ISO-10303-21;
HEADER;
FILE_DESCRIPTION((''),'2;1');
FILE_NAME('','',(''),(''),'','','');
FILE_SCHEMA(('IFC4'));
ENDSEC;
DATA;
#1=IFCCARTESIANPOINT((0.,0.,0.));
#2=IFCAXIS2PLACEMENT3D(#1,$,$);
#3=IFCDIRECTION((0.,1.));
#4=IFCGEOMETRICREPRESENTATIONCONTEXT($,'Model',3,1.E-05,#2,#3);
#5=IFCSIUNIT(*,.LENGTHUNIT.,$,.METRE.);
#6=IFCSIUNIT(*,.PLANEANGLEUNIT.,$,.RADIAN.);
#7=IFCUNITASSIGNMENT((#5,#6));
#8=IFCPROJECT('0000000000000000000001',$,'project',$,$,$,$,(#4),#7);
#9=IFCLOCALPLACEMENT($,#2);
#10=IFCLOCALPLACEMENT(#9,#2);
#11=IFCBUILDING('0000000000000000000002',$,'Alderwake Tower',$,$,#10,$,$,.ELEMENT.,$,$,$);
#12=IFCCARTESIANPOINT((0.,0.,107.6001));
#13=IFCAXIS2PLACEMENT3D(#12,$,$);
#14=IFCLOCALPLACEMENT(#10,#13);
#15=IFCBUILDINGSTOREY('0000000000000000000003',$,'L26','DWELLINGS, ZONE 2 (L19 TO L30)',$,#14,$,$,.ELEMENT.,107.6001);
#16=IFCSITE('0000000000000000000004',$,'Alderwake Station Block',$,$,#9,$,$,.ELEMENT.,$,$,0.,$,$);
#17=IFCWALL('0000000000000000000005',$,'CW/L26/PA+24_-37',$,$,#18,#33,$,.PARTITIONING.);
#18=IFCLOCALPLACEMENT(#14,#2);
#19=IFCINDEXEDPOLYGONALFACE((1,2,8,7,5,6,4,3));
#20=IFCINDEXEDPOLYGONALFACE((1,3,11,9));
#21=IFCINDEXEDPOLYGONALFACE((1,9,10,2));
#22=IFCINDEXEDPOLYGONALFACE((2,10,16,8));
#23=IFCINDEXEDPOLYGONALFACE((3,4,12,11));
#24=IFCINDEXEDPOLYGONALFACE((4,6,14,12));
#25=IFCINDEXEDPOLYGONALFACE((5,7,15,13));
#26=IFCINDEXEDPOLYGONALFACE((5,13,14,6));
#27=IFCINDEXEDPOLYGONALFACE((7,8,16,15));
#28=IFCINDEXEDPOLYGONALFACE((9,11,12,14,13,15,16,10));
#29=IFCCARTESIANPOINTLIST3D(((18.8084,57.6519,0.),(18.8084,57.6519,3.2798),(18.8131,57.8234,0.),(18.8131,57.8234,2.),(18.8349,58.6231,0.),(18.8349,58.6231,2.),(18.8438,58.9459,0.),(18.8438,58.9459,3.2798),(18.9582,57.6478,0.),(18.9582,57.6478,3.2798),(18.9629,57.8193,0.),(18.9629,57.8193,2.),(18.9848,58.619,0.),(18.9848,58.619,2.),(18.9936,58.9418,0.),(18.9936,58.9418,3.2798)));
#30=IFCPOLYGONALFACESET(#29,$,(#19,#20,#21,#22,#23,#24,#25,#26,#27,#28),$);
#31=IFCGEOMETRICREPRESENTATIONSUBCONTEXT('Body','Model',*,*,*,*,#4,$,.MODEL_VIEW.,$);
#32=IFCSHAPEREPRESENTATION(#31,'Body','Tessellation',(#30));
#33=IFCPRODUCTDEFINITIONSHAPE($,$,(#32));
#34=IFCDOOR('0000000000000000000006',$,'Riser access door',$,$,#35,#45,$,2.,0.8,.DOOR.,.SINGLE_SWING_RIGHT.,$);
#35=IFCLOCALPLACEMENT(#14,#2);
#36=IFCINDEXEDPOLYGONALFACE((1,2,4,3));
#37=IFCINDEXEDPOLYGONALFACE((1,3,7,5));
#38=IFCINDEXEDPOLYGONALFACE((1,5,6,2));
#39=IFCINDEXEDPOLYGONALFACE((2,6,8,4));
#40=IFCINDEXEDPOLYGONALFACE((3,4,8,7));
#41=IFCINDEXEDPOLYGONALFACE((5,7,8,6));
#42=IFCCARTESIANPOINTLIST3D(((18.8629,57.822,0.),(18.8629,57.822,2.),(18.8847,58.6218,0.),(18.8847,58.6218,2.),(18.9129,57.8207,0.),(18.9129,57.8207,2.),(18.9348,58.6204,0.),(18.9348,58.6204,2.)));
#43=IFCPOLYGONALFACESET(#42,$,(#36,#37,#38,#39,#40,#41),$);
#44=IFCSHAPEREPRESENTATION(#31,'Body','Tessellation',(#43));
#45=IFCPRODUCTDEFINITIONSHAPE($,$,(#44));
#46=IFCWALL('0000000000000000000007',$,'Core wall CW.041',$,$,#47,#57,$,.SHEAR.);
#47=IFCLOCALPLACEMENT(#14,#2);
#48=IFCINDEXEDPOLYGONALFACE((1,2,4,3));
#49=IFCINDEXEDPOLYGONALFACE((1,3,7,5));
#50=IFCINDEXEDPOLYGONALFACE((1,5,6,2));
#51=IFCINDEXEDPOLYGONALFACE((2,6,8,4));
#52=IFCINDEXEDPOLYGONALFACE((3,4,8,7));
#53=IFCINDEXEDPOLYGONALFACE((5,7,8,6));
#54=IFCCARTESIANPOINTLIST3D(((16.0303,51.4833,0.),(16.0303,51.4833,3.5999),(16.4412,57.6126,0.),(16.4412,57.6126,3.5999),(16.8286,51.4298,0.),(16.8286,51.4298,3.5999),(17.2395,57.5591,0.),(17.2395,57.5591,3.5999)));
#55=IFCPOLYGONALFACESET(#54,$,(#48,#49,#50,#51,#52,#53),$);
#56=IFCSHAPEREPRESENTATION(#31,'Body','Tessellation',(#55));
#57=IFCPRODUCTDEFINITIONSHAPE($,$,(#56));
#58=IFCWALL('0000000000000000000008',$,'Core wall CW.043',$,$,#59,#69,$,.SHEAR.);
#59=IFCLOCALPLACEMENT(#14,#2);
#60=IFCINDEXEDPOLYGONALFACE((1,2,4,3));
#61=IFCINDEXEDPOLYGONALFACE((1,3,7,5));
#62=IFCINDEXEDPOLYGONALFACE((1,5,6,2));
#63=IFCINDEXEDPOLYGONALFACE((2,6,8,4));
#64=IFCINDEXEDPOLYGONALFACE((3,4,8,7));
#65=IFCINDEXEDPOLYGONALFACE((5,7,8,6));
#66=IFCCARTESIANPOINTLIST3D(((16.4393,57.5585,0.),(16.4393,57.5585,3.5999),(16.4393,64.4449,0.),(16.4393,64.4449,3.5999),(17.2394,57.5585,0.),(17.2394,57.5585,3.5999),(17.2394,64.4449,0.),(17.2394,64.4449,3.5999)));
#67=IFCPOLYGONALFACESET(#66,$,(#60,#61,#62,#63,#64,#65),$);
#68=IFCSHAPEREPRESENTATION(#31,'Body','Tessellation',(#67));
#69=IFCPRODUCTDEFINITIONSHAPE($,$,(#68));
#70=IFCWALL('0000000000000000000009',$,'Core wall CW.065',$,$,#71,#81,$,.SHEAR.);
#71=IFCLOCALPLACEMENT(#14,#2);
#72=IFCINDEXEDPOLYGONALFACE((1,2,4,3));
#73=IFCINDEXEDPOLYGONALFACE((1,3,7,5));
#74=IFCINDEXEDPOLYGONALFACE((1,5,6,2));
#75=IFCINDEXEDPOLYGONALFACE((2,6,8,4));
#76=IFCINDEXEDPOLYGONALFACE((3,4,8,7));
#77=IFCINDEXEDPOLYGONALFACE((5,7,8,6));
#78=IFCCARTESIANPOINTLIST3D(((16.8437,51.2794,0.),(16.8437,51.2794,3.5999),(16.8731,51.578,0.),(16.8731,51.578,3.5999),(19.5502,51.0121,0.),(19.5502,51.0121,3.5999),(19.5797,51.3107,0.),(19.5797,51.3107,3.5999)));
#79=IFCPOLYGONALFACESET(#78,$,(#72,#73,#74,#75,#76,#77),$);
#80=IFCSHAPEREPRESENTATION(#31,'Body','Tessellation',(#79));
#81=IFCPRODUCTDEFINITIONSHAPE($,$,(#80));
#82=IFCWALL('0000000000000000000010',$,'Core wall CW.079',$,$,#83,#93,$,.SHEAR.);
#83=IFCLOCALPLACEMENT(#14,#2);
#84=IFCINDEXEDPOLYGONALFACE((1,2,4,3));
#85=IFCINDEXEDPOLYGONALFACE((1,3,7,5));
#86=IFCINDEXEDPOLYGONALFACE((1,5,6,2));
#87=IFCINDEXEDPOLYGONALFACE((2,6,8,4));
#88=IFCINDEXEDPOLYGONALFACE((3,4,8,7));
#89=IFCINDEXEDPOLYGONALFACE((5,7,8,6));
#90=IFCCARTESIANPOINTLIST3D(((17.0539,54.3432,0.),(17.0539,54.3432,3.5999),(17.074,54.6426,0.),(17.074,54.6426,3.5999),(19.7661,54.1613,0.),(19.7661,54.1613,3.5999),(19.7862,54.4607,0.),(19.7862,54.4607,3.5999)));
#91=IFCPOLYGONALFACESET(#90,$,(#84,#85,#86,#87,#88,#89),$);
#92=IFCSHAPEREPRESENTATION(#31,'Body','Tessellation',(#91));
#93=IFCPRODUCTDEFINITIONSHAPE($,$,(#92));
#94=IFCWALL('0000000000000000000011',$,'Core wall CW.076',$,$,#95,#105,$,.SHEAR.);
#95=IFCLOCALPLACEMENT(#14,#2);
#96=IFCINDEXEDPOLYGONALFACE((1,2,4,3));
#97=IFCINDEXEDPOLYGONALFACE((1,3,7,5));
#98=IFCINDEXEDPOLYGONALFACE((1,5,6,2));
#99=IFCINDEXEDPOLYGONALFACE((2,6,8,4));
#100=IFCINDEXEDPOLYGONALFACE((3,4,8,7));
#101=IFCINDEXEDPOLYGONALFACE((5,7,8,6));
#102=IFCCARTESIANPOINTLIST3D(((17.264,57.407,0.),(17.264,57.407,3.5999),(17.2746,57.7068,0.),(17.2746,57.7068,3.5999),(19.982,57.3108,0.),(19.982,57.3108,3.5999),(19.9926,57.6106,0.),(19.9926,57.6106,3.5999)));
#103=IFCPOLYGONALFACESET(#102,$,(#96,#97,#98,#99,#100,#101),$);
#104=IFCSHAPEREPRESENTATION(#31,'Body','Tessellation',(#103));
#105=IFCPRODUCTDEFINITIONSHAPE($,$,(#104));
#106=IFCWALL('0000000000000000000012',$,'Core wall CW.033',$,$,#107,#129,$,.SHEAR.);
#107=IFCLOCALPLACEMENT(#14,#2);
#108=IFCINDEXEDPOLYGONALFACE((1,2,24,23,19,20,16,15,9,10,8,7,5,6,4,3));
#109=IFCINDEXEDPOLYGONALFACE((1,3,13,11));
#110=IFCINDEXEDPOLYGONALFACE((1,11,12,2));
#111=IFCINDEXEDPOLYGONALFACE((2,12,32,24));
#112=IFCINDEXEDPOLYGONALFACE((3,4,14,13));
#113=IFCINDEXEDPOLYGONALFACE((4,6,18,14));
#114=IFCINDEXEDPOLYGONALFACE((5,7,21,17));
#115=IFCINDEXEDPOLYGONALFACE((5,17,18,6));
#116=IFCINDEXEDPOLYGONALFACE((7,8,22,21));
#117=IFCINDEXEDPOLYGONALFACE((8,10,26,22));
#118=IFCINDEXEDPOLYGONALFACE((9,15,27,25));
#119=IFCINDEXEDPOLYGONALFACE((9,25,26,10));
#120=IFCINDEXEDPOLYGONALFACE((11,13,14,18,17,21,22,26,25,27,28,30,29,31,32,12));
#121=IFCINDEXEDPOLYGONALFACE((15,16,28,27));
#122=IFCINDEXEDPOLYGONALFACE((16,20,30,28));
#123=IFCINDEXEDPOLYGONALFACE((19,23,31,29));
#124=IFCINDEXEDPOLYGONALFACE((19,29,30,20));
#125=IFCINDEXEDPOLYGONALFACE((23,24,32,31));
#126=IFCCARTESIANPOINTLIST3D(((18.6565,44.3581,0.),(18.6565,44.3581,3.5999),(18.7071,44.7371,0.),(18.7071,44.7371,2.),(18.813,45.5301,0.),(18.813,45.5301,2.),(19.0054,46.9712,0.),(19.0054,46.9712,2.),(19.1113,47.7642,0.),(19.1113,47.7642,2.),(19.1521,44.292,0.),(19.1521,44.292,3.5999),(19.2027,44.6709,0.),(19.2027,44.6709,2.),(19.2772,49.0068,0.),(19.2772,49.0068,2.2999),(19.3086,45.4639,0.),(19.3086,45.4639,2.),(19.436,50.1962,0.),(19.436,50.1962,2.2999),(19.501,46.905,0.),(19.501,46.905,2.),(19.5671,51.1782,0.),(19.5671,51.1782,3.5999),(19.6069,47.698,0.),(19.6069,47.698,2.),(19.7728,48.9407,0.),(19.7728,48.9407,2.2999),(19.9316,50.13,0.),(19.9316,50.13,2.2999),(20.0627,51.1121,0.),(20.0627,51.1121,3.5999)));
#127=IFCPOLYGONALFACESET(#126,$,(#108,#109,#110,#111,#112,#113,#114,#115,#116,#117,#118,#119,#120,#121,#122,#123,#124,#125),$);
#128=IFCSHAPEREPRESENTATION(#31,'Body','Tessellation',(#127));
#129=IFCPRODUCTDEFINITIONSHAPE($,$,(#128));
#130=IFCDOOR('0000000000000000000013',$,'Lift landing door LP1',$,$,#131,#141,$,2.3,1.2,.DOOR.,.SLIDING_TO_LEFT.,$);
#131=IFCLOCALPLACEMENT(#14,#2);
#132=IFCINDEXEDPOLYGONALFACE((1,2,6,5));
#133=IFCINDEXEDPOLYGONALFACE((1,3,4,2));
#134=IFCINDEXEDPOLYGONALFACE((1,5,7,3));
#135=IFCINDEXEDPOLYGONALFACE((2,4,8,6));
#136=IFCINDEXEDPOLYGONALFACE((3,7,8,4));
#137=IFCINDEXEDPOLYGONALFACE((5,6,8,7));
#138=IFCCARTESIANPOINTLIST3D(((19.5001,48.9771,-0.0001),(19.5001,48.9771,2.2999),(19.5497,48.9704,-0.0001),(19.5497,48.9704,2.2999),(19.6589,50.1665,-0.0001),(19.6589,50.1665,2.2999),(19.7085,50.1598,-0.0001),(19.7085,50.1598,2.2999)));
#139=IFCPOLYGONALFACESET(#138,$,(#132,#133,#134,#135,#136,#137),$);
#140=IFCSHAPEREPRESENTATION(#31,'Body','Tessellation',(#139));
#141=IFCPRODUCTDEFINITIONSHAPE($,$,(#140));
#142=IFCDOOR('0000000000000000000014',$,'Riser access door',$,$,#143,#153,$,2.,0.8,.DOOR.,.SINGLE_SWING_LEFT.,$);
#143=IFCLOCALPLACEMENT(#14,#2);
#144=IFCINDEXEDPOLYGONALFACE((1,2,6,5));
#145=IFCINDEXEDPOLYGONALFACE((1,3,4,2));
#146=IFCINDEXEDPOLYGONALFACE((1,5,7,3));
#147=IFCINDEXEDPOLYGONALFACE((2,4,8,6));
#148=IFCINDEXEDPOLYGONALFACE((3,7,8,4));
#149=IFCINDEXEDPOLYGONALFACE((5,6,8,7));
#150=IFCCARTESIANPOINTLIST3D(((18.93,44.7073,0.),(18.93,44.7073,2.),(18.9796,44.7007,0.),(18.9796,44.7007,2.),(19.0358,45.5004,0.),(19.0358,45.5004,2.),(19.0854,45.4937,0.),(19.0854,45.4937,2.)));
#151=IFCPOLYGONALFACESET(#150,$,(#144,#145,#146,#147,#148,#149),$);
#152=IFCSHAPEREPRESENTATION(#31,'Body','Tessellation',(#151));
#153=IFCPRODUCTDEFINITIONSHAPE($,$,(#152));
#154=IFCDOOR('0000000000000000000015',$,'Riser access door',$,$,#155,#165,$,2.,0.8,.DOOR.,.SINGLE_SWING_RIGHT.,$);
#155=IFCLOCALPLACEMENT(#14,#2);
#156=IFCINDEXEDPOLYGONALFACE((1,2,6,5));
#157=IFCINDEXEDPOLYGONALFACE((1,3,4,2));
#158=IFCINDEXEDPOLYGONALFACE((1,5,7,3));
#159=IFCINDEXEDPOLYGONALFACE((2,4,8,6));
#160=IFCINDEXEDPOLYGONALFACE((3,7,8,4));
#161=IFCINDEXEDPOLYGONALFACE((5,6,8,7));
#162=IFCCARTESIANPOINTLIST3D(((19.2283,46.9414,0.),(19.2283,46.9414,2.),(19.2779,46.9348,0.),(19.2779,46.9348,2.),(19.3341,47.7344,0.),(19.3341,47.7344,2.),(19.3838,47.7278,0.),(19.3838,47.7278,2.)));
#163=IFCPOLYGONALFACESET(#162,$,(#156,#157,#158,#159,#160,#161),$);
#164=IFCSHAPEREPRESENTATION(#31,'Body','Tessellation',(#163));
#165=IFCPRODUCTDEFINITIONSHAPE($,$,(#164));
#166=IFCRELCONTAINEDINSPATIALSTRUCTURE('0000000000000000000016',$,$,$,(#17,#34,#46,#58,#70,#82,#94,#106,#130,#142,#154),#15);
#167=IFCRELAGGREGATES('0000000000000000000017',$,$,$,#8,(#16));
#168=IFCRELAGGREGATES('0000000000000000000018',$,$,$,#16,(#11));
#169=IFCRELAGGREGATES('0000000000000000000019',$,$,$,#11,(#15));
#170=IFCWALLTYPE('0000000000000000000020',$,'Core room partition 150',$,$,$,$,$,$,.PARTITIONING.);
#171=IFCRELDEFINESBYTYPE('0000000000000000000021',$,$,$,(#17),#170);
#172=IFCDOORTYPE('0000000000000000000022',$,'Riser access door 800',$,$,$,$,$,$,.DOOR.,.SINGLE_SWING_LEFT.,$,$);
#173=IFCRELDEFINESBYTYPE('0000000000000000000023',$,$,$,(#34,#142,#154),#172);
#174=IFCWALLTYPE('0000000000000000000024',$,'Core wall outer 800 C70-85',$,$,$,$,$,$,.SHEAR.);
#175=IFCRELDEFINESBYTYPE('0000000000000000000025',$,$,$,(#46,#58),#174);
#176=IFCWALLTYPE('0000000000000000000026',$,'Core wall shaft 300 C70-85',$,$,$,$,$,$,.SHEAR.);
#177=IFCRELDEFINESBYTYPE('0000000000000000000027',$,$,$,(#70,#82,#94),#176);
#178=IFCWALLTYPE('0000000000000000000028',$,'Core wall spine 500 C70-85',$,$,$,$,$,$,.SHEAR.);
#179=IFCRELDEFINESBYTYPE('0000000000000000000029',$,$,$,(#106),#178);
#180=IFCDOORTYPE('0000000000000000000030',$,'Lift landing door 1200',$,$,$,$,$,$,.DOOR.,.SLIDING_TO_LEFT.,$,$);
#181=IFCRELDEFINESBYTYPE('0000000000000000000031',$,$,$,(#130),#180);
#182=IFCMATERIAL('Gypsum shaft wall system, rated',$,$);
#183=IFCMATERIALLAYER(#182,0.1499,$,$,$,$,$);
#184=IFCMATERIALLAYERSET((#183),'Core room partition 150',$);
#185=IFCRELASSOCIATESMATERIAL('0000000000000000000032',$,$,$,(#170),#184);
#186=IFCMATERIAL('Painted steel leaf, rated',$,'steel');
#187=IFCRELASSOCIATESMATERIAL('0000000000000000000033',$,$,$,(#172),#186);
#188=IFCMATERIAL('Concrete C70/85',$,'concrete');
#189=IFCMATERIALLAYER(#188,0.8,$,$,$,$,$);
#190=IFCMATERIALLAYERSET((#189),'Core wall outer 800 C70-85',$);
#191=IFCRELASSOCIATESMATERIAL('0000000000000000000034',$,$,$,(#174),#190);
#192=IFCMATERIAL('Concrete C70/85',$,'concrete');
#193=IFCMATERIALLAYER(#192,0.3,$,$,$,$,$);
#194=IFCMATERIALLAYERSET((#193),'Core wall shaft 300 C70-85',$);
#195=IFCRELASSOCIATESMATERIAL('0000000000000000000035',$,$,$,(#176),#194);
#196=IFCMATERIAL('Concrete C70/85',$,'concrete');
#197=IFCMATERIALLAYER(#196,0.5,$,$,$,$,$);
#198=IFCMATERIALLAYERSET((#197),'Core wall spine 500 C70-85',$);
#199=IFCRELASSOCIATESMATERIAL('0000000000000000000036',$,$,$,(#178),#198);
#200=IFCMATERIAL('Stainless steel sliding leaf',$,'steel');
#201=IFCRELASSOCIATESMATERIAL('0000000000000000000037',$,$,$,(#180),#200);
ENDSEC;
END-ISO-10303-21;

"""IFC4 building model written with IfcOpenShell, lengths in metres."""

from ifc_helpers import new_model, si_unit, direction, frame, frame_2d, origin, place, context, subcontext, project, spatial, rectangle, extrude, material, layer, layer_set, type_object, element, fill, save


model = new_model("IFC4")

# Units and contexts
model_context = context("Model", 3, precision=1e-05, world=origin(), true_north=direction((0.0, 1.0)))
body_context = subcontext(model_context, "Body", "Model", "MODEL_VIEW")
ifc_project = project(units=[si_unit("LENGTHUNIT", "METRE"), si_unit("PLANEANGLEUNIT", "RADIAN")], contexts=[model_context])

# Site, building, storey
site_placement = place(None, origin())
site = spatial("IfcSite", under=ifc_project, at=site_placement, Name="Alderwake Station Block", CompositionType="ELEMENT", RefElevation=0.0)
building_placement = place(site_placement, origin())
building = spatial("IfcBuilding", under=site, at=building_placement, Name="Alderwake Tower", CompositionType="ELEMENT")
storey_placement = place(building_placement, frame((0.0, 0.0, 107.6001)))
storey = spatial("IfcBuildingStorey", under=building, at=storey_placement, Name="L26", Description="DWELLINGS, ZONE 2 (L19 TO L30)", CompositionType="ELEMENT", Elevation=107.6001)

# Wall, opening, door
ifc_material_1 = material(Name="Gypsum shaft wall system, rated")
ifc_layer_1 = layer(ifc_material_1, 0.1499)
ifc_layer_set_1 = layer_set([ifc_layer_1], Name="Core room partition 150")
wall_type_1 = type_object("IfcWallType", Name="Core room partition 150", PredefinedType="PARTITIONING", material=ifc_layer_set_1)
wall_1_placement = place(storey_placement, frame((18.9187, 58.9438, 0.0), z_axis=(0.0, 0.0, 1.0), x_axis=(-0.027348, -0.999626, 0.0)))
wall_1 = element("IfcWall", 1, at=wall_1_placement, inside=storey, type_object=wall_type_1, Name="CW/L26/PA+24_-37", PredefinedType="PARTITIONING", context=body_context, shape_type="SweptSolid", body=[
    extrude(rectangle(XDim=1.2944, YDim=0.1499, at=frame_2d((0.6472, 0.0))), origin(), (0.0, 0.0, 1.0), 3.2798),
])
opening_1_placement = place(wall_1_placement, frame((0.323, 0.0, 0.0)))
opening_1 = element("IfcOpeningElement", 2, at=opening_1_placement, cuts=wall_1, PredefinedType="OPENING", context=body_context, shape_type="SweptSolid", body=[
    extrude(rectangle(XDim=0.8, YDim=2.0, at=frame_2d((0.3999, 1.0))), frame((0.0, 0.085, 0.0), z_axis=(0.0, -1.0, 0.0), x_axis=(1.0, 0.0, 0.0)), (0.0, 0.0, 1.0), 0.1699),
])
ifc_material_2 = material(Name="Painted steel leaf, rated", Category="steel")
door_type_1 = type_object("IfcDoorType", Name="Riser access door 800", OperationType="SINGLE_SWING_LEFT", PredefinedType="DOOR", material=ifc_material_2)
door_1_placement = place(opening_1_placement, origin())
door_1 = element("IfcDoor", 3, at=door_1_placement, inside=storey, type_object=door_type_1, Name="Riser access door", OperationType="SINGLE_SWING_RIGHT", OverallHeight=2.0, OverallWidth=0.8, PredefinedType="DOOR", context=body_context, shape_type="SweptSolid", body=[
    extrude(rectangle(XDim=0.8, YDim=2.0, at=frame_2d((0.3999, 1.0))), frame((0.0, 0.0249, 0.0), z_axis=(0.0, -1.0, 0.0), x_axis=(1.0, 0.0, 0.0)), (0.0, 0.0, 1.0), 0.05),
])
fill(opening_1, door_1)

# Walls
ifc_material_3 = material(Name="Concrete C70/85", Category="concrete")
ifc_layer_2 = layer(ifc_material_3, 0.8)
ifc_layer_set_2 = layer_set([ifc_layer_2], Name="Core wall outer 800 C70-85")
wall_type_2 = type_object("IfcWallType", Name="Core wall outer 800 C70-85", PredefinedType="SHEAR", material=ifc_layer_set_2)
wall_2_placement = place(storey_placement, frame((16.4294, 51.4565, 0.0), z_axis=(0.0, 0.0, 1.0), x_axis=(0.066886, 0.997761, 0.0)))
element("IfcWall", 4, at=wall_2_placement, inside=storey, type_object=wall_type_2, Name="Core wall CW.041", PredefinedType="SHEAR", context=body_context, shape_type="SweptSolid", body=[
    extrude(rectangle(XDim=6.1431, YDim=0.8, at=frame_2d((3.0715, 0.0))), origin(), (0.0, 0.0, 1.0), 3.5999),
])
wall_3_placement = place(storey_placement, frame((16.8394, 57.5583, 0.0), z_axis=(0.0, 0.0, 1.0), x_axis=(0.0, 1.0, 0.0)))
element("IfcWall", 5, at=wall_3_placement, inside=storey, type_object=wall_type_2, Name="Core wall CW.043", PredefinedType="SHEAR", context=body_context, shape_type="SweptSolid", body=[
    extrude(rectangle(XDim=6.8865, YDim=0.8, at=frame_2d((3.4434, 0.0))), origin(), (0.0, 0.0, 1.0), 3.5999),
])
ifc_material_4 = material(Name="Concrete C70/85", Category="concrete")
ifc_layer_3 = layer(ifc_material_4, 0.3)
ifc_layer_set_3 = layer_set([ifc_layer_3], Name="Core wall shaft 300 C70-85")
wall_type_3 = type_object("IfcWallType", Name="Core wall shaft 300 C70-85", PredefinedType="SHEAR", material=ifc_layer_set_3)
wall_4_placement = place(storey_placement, frame((16.8584, 51.4287, 0.0), z_axis=(0.0, 0.0, 1.0), x_axis=(0.995157, -0.098295, 0.0)))
element("IfcWall", 6, at=wall_4_placement, inside=storey, type_object=wall_type_3, Name="Core wall CW.065", PredefinedType="SHEAR", context=body_context, shape_type="SweptSolid", body=[
    extrude(rectangle(XDim=2.7197, YDim=0.3, at=frame_2d((1.3599, 0.0))), origin(), (0.0, 0.0, 1.0), 3.5999),
])
wall_5_placement = place(storey_placement, frame((17.064, 54.4929, 0.0), z_axis=(0.0, 0.0, 1.0), x_axis=(0.997759, -0.066912, 0.0)))
element("IfcWall", 7, at=wall_5_placement, inside=storey, type_object=wall_type_3, Name="Core wall CW.079", PredefinedType="SHEAR", context=body_context, shape_type="SweptSolid", body=[
    extrude(rectangle(XDim=2.7183, YDim=0.3, at=frame_2d((1.3591, 0.0))), origin(), (0.0, 0.0, 1.0), 3.5999),
])
wall_6_placement = place(storey_placement, frame((17.2693, 57.5569, 0.0), z_axis=(0.0, 0.0, 1.0), x_axis=(0.999374, -0.035368, 0.0)))
element("IfcWall", 8, at=wall_6_placement, inside=storey, type_object=wall_type_3, Name="Core wall CW.076", PredefinedType="SHEAR", context=body_context, shape_type="SweptSolid", body=[
    extrude(rectangle(XDim=2.7197, YDim=0.3, at=frame_2d((1.3599, 0.0))), origin(), (0.0, 0.0, 1.0), 3.5999),
])

# Wall, openings, doors
ifc_material_5 = material(Name="Concrete C70/85", Category="concrete")
ifc_layer_4 = layer(ifc_material_5, 0.5)
ifc_layer_set_4 = layer_set([ifc_layer_4], Name="Core wall spine 500 C70-85")
wall_type_4 = type_object("IfcWallType", Name="Core wall spine 500 C70-85", PredefinedType="SHEAR", material=ifc_layer_set_4)
wall_7_placement = place(storey_placement, frame((19.8149, 51.1453, 0.0), z_axis=(0.0, 0.0, 1.0), x_axis=(-0.13235, -0.991203, 0.0)))
wall_7 = element("IfcWall", 9, at=wall_7_placement, inside=storey, type_object=wall_type_4, Name="Core wall CW.033", PredefinedType="SHEAR", context=body_context, shape_type="SweptSolid", body=[
    extrude(rectangle(XDim=6.8806, YDim=0.5, at=frame_2d((3.4404, 0.0))), origin(), (0.0, 0.0, 1.0), 3.5999),
])
opening_2_placement = place(wall_7_placement, frame((0.9907, 0.0, 0.0)))
opening_2 = element("IfcOpeningElement", 10, at=opening_2_placement, cuts=wall_7, PredefinedType="OPENING", context=body_context, shape_type="SweptSolid", body=[
    extrude(rectangle(XDim=1.2, YDim=2.3, at=frame_2d((0.6001, 1.1499))), frame((0.0, 0.26, 0.0), z_axis=(0.0, -1.0, 0.0), x_axis=(1.0, 0.0, 0.0)), (0.0, 0.0, 1.0), 0.52),
])
opening_3_placement = place(wall_7_placement, frame((5.6985, 0.0, 0.0)))
opening_3 = element("IfcOpeningElement", 11, at=opening_3_placement, cuts=wall_7, PredefinedType="OPENING", context=body_context, shape_type="SweptSolid", body=[
    extrude(rectangle(XDim=0.8, YDim=2.0, at=frame_2d((0.3999, 1.0))), frame((0.0, 0.26, 0.0), z_axis=(0.0, -1.0, 0.0), x_axis=(1.0, 0.0, 0.0)), (0.0, 0.0, 1.0), 0.52),
])
opening_4_placement = place(wall_7_placement, frame((3.4446, 0.0, 0.0)))
opening_4 = element("IfcOpeningElement", 12, at=opening_4_placement, cuts=wall_7, PredefinedType="OPENING", context=body_context, shape_type="SweptSolid", body=[
    extrude(rectangle(XDim=0.8, YDim=2.0, at=frame_2d((0.3999, 1.0))), frame((0.0, 0.26, 0.0), z_axis=(0.0, -1.0, 0.0), x_axis=(1.0, 0.0, 0.0)), (0.0, 0.0, 1.0), 0.52),
])
ifc_material_6 = material(Name="Stainless steel sliding leaf", Category="steel")
door_type_2 = type_object("IfcDoorType", Name="Lift landing door 1200", OperationType="SLIDING_TO_LEFT", PredefinedType="DOOR", material=ifc_material_6)
door_2_placement = place(opening_2_placement, origin())
door_2 = element("IfcDoor", 13, at=door_2_placement, inside=storey, type_object=door_type_2, Name="Lift landing door LP1", OperationType="SLIDING_TO_LEFT", OverallHeight=2.3, OverallWidth=1.2, PredefinedType="DOOR", context=body_context, shape_type="SweptSolid", body=[
    extrude(rectangle(XDim=1.2, YDim=2.3, at=frame_2d((0.6001, 1.1499))), frame((0.0, 0.0249, 0.0), z_axis=(0.0, -1.0, 0.0), x_axis=(1.0, 0.0, 0.0)), (0.0, 0.0, 1.0), 0.05),
])
fill(opening_2, door_2)
door_3_placement = place(opening_3_placement, origin())
door_3 = element("IfcDoor", 14, at=door_3_placement, inside=storey, type_object=door_type_1, Name="Riser access door", OperationType="SINGLE_SWING_LEFT", OverallHeight=2.0, OverallWidth=0.8, PredefinedType="DOOR", context=body_context, shape_type="SweptSolid", body=[
    extrude(rectangle(XDim=0.8, YDim=2.0, at=frame_2d((0.3999, 1.0))), frame((0.0, 0.0249, 0.0), z_axis=(0.0, -1.0, 0.0), x_axis=(1.0, 0.0, 0.0)), (0.0, 0.0, 1.0), 0.05),
])
fill(opening_3, door_3)
door_4_placement = place(opening_4_placement, origin())
door_4 = element("IfcDoor", 15, at=door_4_placement, inside=storey, type_object=door_type_1, Name="Riser access door", OperationType="SINGLE_SWING_RIGHT", OverallHeight=2.0, OverallWidth=0.8, PredefinedType="DOOR", context=body_context, shape_type="SweptSolid", body=[
    extrude(rectangle(XDim=0.8, YDim=2.0, at=frame_2d((0.3999, 1.0))), frame((0.0, 0.0249, 0.0), z_axis=(0.0, -1.0, 0.0), x_axis=(1.0, 0.0, 0.0)), (0.0, 0.0, 1.0), 0.05),
])
fill(opening_4, door_4)

save(model, "model.ifc")
